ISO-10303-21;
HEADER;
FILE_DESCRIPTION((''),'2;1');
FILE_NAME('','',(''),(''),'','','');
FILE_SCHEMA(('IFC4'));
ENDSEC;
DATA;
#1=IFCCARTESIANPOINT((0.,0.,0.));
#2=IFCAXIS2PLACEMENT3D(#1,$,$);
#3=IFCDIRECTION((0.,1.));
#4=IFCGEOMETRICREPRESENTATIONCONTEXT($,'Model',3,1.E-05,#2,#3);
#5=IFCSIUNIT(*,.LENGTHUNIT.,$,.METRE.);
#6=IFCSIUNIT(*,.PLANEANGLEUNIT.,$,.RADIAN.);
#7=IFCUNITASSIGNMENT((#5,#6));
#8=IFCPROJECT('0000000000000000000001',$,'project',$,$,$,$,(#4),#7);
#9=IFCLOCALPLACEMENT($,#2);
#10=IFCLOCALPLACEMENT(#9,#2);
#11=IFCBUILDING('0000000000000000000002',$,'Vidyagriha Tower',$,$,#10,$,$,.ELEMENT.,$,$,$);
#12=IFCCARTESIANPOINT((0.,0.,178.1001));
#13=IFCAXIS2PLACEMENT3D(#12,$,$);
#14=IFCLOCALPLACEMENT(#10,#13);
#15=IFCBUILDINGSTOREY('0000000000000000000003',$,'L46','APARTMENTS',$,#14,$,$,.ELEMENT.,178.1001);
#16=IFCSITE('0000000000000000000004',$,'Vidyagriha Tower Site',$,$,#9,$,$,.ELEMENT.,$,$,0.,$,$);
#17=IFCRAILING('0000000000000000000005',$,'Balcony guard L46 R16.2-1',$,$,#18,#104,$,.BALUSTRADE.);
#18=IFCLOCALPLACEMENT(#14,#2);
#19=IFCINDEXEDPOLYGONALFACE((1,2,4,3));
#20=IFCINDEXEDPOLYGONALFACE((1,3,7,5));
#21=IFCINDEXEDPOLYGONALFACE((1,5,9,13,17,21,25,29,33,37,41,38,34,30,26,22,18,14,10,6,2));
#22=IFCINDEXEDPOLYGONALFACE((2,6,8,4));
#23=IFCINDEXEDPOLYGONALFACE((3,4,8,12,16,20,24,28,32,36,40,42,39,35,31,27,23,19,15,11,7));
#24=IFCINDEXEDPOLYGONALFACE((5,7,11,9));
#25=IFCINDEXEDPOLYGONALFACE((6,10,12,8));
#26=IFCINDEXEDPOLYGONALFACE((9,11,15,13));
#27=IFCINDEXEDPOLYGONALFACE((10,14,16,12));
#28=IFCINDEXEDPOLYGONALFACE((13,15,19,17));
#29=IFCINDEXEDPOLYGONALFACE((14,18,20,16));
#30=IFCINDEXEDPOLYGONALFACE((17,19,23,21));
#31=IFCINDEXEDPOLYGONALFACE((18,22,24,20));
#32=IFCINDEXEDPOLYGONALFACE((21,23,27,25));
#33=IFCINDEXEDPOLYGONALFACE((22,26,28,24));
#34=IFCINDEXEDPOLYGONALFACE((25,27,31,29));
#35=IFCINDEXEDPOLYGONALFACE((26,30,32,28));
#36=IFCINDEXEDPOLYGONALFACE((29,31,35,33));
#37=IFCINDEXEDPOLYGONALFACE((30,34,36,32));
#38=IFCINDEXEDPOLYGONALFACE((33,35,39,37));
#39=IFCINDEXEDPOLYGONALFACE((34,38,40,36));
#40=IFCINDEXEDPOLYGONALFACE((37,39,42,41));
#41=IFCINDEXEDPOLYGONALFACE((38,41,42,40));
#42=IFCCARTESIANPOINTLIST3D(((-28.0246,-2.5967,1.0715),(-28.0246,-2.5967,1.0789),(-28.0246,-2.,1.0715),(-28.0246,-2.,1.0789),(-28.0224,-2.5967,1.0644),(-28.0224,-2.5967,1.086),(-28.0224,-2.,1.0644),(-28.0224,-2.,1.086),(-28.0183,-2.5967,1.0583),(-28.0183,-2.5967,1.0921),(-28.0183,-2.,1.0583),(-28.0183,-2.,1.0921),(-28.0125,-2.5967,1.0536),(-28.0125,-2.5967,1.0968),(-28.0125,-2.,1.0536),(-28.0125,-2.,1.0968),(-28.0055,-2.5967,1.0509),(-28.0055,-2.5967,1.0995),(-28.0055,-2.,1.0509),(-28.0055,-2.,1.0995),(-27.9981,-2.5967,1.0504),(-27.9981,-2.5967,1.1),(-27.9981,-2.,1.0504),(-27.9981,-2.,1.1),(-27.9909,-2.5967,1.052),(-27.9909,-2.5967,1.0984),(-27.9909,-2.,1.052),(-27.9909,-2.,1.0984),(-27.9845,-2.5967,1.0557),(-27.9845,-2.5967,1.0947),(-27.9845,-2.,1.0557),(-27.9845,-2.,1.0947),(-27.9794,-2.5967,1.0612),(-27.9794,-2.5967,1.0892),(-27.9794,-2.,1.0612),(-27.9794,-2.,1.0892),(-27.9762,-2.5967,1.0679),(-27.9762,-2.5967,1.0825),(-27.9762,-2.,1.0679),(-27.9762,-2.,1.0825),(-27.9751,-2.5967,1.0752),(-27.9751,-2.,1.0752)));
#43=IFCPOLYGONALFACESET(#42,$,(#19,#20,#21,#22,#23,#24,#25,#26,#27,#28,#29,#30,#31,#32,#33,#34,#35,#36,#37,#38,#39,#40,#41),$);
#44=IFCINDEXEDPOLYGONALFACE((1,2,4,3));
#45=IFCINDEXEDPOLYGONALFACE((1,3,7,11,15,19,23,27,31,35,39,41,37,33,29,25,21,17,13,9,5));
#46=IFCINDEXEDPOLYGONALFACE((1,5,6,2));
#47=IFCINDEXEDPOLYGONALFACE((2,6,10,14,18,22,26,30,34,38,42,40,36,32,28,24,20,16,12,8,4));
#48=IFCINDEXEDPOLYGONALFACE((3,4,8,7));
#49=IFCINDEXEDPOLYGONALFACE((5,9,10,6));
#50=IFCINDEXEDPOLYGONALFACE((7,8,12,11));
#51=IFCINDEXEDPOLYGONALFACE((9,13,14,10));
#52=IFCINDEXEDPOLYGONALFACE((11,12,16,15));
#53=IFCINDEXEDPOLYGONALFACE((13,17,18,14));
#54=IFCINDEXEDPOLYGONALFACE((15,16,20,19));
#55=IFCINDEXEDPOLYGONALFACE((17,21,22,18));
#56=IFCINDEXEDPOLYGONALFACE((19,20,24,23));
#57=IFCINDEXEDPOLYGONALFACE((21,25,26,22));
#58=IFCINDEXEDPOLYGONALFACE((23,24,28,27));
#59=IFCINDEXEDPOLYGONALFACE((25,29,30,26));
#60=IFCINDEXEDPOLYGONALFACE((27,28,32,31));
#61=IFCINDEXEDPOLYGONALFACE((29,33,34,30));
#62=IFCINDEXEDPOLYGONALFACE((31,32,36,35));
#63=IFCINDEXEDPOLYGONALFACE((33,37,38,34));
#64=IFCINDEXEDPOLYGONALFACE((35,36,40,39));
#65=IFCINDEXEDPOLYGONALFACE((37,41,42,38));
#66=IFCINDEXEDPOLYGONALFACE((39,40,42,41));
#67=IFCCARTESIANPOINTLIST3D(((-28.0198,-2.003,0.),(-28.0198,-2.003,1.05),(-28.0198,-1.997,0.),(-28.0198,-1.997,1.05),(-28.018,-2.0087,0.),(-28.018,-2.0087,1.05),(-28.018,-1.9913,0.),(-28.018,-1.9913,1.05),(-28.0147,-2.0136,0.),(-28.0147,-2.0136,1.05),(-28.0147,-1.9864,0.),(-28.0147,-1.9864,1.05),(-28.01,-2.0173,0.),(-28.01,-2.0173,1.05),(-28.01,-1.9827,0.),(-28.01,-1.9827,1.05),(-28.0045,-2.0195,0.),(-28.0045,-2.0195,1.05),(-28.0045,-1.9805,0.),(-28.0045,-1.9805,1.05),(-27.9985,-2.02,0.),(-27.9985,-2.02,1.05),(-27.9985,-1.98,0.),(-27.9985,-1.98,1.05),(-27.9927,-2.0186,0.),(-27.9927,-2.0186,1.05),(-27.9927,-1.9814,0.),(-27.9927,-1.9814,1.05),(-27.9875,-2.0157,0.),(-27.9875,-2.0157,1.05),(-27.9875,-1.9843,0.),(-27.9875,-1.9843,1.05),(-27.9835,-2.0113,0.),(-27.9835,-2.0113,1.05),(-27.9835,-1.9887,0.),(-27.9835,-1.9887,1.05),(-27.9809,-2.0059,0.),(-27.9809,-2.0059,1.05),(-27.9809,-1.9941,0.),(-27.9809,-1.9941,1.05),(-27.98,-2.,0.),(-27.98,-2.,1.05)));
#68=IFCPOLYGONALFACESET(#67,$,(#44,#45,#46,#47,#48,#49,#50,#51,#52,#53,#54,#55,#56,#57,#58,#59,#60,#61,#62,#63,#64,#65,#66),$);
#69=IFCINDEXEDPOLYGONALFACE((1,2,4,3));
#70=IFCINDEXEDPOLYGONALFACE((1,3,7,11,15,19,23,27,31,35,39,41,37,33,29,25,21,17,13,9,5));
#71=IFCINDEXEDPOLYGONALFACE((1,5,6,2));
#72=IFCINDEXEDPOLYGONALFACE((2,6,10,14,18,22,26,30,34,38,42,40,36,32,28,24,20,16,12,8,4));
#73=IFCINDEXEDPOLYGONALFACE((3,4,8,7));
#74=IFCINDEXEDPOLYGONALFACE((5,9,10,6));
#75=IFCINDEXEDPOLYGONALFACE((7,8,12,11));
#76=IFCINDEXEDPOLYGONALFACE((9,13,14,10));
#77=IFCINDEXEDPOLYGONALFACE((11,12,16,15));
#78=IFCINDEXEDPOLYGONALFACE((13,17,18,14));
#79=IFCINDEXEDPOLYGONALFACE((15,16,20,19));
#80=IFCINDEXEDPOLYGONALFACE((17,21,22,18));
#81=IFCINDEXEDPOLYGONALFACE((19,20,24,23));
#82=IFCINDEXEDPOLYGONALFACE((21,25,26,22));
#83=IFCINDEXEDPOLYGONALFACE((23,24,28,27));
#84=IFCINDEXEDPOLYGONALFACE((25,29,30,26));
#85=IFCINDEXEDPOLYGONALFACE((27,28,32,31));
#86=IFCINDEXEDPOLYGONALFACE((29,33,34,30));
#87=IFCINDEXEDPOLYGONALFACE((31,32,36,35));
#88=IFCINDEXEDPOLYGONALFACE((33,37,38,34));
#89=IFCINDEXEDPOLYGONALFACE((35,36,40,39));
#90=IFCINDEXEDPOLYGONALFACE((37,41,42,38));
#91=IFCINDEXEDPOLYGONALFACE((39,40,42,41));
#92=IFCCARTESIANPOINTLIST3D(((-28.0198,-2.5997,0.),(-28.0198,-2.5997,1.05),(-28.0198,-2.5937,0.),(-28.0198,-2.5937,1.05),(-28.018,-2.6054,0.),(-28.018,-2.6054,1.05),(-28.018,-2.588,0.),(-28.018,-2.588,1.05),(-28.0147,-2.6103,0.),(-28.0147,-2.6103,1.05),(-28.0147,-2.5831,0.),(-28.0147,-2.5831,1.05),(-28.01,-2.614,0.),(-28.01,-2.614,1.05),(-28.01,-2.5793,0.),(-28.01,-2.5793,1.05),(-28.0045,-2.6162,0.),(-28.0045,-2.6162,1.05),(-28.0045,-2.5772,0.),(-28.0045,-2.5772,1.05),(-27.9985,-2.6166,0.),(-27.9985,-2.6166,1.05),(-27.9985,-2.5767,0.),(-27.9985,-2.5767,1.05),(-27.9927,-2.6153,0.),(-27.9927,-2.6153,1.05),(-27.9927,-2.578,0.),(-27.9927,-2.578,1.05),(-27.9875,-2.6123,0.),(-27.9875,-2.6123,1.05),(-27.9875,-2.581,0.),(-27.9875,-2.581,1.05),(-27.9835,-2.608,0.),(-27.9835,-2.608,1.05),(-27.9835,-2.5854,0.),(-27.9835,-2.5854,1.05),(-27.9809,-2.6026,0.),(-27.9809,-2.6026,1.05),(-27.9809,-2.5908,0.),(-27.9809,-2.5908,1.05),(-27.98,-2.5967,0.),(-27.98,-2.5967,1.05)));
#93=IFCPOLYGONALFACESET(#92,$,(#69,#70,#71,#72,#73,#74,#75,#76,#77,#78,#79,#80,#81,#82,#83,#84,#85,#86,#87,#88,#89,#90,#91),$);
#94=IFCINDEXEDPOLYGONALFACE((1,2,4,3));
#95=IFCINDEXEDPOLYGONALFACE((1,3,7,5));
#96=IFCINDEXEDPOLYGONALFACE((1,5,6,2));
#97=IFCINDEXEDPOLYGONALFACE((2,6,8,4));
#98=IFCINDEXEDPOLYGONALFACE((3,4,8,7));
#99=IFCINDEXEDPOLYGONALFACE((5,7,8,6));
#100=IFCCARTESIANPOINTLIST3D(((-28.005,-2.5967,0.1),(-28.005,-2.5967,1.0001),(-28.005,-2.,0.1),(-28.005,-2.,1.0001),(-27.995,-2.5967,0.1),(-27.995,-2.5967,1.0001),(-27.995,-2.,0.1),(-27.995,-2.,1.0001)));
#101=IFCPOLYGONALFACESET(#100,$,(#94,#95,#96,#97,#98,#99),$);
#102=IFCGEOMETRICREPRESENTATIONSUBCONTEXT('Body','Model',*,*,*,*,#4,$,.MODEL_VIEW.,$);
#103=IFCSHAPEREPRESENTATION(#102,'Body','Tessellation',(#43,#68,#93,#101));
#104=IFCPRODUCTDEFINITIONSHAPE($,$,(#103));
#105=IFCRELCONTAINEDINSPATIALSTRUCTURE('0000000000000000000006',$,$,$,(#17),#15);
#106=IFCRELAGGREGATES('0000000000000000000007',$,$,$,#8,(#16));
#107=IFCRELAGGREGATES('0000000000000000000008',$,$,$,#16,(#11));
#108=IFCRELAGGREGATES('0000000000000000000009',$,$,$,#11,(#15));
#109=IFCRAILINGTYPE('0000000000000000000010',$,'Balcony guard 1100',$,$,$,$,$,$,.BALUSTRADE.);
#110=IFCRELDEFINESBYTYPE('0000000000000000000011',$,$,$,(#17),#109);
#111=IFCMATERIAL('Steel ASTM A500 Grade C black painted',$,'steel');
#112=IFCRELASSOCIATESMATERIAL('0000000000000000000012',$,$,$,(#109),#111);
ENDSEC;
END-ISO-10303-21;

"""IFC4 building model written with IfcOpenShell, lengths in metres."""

from ifc_helpers import new_model, si_unit, direction, frame, origin, origin_2d, place, context, subcontext, project, spatial, rectangle, circle, extrude, material, type_object, element, save


model = new_model("IFC4")

# Units and contexts
model_context = context("Model", 3, precision=1e-05, world=origin(), true_north=direction((0.0, 1.0)))
body_context = subcontext(model_context, "Body", "Model", "MODEL_VIEW")
ifc_project = project(units=[si_unit("LENGTHUNIT", "METRE"), si_unit("PLANEANGLEUNIT", "RADIAN")], contexts=[model_context])

# Site, building, storey
site_placement = place(None, origin())
site = spatial("IfcSite", under=ifc_project, at=site_placement, Name="Vidyagriha Tower Site", CompositionType="ELEMENT", RefElevation=0.0)
building_placement = place(site_placement, origin())
building = spatial("IfcBuilding", under=site, at=building_placement, Name="Vidyagriha Tower", CompositionType="ELEMENT")
storey_placement = place(building_placement, frame((0.0, 0.0, 178.1001)))
storey = spatial("IfcBuildingStorey", under=building, at=storey_placement, Name="L46", Description="APARTMENTS", CompositionType="ELEMENT", Elevation=178.1001)

# Railing
ifc_material_1 = material(Name="Steel ASTM A500 Grade C black painted", Category="steel")
railing_type_1 = type_object("IfcRailingType", Name="Balcony guard 1100", PredefinedType="BALUSTRADE", material=ifc_material_1)
railing_1_placement = place(storey_placement, frame((-28.0, -2.0, 0.0)))
element("IfcRailing", 1, at=railing_1_placement, inside=storey, type_object=railing_type_1, Name="Balcony guard L46 R16.2-1", PredefinedType="BALUSTRADE", context=body_context, shape_type="SweptSolid", body=[
    extrude(circle(Radius=0.0249, at=origin_2d()), frame((0.0, 0.0, 1.0752), z_axis=(0.0, -1.0, 0.0), x_axis=(1.0, 0.0, 0.0)), (0.0, 0.0, 1.0), 0.5967),
    extrude(circle(Radius=0.02, at=origin_2d()), origin(), (0.0, 0.0, 1.0), 1.05),
    extrude(circle(Radius=0.02, at=origin_2d()), frame((0.0, -0.5967, 0.0)), (0.0, 0.0, 1.0), 1.05),
    extrude(rectangle(XDim=0.01, YDim=0.9001, at=origin_2d()), frame((0.0, 0.0, 0.55), z_axis=(0.0, -1.0, 0.0), x_axis=(1.0, 0.0, 0.0)), (0.0, 0.0, 1.0), 0.5967),
])

save(model, "model.ifc")
